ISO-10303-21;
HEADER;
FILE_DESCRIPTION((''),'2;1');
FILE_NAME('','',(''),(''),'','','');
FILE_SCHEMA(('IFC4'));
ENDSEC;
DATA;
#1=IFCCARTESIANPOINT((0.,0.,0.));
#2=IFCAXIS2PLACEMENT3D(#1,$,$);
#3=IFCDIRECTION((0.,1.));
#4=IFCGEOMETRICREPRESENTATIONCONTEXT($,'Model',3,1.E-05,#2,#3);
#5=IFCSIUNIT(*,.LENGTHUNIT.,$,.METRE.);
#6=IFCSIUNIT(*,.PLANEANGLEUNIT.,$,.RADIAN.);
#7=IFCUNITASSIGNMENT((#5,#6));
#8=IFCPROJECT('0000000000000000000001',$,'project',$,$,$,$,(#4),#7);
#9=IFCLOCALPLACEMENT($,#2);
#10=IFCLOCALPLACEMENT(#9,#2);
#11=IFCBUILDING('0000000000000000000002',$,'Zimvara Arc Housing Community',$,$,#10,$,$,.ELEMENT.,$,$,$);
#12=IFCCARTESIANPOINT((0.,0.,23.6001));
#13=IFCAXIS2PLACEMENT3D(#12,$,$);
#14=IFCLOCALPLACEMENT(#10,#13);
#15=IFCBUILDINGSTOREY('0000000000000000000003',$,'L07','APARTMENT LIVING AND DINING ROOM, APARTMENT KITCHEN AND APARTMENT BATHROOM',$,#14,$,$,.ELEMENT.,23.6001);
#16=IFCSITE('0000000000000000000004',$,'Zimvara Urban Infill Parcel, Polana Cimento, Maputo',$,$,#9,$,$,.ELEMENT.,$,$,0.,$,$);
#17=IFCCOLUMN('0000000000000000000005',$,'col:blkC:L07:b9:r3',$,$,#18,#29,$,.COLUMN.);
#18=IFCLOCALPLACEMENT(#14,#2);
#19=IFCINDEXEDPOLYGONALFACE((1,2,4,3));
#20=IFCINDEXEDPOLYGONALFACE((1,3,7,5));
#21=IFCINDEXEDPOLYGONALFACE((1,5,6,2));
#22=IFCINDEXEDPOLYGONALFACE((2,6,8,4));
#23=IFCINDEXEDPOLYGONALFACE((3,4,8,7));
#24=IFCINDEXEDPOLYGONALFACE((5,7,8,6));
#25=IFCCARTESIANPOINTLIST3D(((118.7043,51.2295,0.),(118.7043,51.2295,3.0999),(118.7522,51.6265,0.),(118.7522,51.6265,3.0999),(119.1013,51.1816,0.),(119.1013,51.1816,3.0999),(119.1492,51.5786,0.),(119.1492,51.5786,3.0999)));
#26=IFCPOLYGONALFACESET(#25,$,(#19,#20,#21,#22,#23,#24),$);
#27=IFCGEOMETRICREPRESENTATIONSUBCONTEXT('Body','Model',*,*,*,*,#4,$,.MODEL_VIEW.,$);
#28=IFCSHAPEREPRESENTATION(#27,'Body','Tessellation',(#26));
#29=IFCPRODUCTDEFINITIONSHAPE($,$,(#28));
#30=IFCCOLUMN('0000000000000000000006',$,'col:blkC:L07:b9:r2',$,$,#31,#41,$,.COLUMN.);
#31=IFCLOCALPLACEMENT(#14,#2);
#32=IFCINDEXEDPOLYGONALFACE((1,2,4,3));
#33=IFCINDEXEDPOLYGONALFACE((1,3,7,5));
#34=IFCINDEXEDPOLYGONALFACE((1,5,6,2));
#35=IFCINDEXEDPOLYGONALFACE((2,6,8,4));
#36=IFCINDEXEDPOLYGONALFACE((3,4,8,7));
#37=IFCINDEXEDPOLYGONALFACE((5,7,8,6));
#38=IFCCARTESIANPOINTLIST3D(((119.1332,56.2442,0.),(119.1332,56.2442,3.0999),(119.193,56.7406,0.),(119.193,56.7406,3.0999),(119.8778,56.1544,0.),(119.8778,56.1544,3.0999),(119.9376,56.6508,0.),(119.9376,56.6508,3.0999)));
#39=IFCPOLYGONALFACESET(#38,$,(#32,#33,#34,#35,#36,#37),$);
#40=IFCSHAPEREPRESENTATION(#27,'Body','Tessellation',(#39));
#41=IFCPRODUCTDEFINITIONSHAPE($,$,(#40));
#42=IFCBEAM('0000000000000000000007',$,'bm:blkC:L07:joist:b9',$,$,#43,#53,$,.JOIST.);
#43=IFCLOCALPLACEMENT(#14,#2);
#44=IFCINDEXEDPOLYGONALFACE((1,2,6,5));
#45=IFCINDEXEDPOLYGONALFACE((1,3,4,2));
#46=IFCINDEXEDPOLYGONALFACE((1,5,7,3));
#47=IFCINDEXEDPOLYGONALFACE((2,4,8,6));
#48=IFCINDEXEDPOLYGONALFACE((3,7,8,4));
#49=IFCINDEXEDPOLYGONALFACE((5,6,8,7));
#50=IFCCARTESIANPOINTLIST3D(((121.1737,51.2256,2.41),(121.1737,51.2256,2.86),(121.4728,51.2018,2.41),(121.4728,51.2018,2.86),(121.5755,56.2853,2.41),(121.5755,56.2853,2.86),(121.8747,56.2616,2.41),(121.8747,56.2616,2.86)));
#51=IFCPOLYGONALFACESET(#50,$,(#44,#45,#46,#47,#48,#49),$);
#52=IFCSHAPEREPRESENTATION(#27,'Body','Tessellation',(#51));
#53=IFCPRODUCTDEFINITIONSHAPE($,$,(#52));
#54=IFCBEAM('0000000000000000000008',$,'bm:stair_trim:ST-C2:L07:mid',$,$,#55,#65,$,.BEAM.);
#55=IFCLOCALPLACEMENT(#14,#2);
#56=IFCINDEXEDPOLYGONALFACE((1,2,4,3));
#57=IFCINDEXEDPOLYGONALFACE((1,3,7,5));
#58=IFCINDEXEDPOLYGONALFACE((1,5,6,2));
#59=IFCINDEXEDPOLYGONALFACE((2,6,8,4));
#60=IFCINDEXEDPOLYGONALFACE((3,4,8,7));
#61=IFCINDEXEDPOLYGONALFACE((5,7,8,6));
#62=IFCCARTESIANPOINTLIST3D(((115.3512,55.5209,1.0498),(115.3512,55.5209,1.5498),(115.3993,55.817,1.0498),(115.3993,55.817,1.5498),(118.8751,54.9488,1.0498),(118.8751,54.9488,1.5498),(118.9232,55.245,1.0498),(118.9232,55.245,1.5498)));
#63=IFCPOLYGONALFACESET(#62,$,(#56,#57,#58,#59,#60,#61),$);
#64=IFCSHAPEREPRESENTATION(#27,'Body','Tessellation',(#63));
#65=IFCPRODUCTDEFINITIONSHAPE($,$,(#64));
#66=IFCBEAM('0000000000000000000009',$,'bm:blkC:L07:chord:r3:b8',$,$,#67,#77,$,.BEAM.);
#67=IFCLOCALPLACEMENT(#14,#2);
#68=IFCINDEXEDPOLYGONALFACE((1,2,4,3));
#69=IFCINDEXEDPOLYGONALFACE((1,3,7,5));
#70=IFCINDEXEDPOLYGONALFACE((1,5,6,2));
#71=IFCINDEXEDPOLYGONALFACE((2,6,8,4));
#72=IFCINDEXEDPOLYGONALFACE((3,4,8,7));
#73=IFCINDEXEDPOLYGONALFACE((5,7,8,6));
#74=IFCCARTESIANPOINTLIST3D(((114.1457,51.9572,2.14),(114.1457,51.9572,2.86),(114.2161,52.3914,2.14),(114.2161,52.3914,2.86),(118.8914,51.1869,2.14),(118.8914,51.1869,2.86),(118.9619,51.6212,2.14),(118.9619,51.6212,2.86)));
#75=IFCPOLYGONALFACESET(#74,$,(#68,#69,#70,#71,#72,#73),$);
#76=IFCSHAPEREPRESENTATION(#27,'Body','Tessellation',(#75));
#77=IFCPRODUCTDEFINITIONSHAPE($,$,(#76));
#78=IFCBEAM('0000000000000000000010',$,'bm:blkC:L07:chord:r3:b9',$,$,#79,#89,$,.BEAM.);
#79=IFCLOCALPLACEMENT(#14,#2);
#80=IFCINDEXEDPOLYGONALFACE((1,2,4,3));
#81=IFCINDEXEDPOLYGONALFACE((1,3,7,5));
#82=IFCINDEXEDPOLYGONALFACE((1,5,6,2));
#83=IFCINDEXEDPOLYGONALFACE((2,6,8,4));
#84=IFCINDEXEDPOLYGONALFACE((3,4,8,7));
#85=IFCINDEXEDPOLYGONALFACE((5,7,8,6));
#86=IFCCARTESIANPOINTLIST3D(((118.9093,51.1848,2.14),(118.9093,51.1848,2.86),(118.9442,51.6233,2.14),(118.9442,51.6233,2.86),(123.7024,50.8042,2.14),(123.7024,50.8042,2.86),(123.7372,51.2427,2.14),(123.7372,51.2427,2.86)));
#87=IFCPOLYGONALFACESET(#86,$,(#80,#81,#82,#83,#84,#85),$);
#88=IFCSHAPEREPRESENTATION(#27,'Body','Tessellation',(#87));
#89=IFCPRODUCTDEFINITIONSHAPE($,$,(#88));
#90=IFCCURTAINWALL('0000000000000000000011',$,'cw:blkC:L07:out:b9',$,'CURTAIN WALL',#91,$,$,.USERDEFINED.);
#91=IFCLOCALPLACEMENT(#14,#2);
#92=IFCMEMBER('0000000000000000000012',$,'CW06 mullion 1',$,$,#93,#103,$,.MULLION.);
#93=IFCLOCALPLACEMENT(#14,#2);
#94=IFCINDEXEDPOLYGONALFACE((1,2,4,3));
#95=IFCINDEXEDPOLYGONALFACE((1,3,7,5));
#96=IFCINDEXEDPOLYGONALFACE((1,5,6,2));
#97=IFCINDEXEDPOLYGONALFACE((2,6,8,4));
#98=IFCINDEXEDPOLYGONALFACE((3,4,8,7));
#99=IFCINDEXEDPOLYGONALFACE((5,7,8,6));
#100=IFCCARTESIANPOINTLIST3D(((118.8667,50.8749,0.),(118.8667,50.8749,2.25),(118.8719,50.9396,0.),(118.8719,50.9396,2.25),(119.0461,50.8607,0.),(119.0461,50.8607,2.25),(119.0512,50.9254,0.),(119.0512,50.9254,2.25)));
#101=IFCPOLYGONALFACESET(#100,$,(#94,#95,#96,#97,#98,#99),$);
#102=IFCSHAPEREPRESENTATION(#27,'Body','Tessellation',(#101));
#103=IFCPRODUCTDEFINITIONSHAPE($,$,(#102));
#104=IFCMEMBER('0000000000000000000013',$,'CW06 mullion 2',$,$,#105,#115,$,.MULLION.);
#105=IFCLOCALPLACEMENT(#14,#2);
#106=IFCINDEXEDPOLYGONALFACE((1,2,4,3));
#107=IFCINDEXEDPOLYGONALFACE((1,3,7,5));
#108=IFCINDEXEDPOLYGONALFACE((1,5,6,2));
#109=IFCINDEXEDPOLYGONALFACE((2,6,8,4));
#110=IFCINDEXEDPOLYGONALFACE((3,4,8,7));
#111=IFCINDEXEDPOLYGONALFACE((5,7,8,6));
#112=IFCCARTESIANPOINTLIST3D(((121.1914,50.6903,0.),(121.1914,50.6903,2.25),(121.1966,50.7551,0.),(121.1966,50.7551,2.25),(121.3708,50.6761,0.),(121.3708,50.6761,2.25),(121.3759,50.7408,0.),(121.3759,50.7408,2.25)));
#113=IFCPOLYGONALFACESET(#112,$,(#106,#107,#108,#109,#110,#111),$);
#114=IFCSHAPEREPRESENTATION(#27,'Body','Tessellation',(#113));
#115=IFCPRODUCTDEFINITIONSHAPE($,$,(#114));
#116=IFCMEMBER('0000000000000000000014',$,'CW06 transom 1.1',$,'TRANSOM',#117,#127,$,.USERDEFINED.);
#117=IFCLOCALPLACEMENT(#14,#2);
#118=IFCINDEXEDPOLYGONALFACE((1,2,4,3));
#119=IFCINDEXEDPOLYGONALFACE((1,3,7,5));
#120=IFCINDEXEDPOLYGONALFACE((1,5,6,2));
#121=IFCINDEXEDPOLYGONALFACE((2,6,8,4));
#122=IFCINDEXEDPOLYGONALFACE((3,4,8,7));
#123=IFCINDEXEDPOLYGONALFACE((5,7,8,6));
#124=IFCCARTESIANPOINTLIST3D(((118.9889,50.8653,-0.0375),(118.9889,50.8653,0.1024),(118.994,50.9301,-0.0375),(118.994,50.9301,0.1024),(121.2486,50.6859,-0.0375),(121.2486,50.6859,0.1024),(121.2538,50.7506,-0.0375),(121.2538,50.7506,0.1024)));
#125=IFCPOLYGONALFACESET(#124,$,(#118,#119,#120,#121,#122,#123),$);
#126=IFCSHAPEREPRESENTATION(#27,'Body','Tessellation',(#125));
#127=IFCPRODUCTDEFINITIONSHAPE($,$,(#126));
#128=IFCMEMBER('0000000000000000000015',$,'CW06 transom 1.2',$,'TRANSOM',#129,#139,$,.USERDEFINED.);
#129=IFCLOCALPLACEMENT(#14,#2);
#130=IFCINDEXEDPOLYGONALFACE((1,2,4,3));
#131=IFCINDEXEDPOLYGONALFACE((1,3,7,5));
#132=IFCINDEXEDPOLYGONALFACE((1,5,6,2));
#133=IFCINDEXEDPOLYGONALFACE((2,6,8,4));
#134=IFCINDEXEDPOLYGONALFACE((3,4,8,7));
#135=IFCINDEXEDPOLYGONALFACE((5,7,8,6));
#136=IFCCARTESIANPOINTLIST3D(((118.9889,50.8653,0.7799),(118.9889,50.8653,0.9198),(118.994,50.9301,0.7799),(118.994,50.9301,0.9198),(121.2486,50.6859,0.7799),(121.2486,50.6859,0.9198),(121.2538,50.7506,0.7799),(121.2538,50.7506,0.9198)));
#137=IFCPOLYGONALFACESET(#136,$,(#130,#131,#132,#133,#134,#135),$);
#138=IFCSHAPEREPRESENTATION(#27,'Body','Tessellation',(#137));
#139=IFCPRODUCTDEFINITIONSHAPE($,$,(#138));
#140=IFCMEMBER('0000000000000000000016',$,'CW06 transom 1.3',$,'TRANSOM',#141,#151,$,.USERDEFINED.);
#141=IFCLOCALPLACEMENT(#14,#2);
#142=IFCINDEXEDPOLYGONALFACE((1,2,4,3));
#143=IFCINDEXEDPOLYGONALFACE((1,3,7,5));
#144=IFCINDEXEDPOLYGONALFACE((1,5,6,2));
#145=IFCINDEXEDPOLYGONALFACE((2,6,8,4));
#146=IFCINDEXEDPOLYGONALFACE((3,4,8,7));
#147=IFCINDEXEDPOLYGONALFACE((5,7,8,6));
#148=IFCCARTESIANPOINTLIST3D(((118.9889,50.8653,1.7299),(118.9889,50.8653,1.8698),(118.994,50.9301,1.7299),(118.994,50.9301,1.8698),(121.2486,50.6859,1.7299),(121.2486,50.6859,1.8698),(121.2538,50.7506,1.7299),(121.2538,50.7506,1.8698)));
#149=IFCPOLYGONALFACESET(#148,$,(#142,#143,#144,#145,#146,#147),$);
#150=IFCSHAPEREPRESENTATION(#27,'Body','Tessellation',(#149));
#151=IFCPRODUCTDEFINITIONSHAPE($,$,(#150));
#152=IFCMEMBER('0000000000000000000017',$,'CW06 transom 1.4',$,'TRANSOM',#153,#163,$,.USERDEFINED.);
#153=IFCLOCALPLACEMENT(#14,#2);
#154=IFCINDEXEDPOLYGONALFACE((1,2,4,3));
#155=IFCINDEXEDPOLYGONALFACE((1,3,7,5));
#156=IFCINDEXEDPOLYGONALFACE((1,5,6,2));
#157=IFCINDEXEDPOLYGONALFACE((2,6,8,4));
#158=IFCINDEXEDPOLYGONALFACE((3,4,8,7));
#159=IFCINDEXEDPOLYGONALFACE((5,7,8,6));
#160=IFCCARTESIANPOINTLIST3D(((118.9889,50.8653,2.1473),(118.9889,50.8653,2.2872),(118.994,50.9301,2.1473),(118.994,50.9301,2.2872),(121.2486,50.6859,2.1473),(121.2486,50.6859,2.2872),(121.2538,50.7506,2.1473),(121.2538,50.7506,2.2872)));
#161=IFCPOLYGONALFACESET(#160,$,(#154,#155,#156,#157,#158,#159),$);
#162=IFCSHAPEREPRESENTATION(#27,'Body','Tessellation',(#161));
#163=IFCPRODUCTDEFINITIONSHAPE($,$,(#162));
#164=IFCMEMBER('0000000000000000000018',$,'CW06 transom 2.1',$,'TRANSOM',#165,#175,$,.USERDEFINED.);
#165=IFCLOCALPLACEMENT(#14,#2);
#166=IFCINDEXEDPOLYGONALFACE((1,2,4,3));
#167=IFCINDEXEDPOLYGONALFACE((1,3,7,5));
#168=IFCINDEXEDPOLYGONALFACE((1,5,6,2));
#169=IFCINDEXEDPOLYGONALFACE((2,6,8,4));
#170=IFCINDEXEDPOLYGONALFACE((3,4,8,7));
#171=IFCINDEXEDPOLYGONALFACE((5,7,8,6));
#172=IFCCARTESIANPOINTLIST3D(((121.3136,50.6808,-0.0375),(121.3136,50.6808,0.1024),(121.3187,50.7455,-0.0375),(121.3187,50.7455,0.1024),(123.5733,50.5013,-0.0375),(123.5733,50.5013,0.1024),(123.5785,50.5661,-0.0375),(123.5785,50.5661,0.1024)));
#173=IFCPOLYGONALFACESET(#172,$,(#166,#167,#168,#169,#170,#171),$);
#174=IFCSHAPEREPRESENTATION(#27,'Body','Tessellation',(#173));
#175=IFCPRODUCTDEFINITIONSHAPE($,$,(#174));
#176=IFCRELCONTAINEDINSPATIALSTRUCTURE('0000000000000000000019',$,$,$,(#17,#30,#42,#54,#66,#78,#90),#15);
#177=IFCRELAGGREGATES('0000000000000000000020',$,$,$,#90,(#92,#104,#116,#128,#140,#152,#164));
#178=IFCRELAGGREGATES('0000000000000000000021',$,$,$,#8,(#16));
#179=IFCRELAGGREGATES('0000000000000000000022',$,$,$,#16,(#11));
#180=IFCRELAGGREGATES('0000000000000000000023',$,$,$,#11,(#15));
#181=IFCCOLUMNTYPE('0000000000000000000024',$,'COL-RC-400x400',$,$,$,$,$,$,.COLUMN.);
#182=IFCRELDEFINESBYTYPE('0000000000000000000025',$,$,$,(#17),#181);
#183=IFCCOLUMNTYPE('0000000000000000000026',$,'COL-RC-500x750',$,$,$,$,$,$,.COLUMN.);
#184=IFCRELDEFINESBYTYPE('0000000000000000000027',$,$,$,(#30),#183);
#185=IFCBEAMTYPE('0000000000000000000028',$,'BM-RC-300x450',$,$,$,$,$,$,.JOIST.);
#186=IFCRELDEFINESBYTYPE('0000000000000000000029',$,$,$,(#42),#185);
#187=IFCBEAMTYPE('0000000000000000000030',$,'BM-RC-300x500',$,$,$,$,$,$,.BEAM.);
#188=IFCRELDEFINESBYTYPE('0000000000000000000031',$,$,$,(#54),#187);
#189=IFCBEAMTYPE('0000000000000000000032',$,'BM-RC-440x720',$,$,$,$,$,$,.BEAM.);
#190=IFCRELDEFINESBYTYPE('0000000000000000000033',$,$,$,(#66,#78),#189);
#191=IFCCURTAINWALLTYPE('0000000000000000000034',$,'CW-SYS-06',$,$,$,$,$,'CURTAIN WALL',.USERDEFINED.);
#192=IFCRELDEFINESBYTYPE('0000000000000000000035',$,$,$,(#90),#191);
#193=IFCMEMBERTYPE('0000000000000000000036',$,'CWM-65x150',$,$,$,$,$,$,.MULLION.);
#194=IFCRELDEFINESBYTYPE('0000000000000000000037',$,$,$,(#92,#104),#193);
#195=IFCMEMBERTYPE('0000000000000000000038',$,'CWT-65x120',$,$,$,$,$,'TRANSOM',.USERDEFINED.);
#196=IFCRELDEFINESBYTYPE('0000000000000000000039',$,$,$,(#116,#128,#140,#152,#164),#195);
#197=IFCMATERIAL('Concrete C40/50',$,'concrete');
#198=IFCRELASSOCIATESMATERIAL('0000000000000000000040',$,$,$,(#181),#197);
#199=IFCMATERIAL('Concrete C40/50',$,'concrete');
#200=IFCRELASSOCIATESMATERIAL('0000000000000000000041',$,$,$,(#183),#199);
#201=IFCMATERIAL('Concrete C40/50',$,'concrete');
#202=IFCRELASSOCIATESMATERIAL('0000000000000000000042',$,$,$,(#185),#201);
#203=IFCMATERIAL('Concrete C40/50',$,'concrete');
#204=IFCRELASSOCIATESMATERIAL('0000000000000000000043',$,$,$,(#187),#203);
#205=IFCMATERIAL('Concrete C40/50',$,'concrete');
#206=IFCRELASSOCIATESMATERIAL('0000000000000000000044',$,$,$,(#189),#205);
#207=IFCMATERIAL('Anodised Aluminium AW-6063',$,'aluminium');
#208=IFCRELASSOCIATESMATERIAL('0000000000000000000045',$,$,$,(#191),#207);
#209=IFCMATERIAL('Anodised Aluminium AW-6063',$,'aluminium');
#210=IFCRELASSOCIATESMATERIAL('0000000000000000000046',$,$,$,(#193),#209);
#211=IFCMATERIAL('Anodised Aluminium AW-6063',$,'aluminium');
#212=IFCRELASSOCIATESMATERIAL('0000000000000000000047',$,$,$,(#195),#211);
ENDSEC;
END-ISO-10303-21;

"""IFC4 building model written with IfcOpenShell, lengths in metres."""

from ifc_helpers import new_model, si_unit, direction, frame, origin, origin_2d, place, context, subcontext, project, spatial, rectangle, extrude, material, material_profile, profile_set, type_object, element, aggregate, save


model = new_model("IFC4")

# Units and contexts
model_context = context("Model", 3, precision=1e-05, world=origin(), true_north=direction((0.0, 1.0)))
body_context = subcontext(model_context, "Body", "Model", "MODEL_VIEW")
ifc_project = project(units=[si_unit("LENGTHUNIT", "METRE"), si_unit("PLANEANGLEUNIT", "RADIAN")], contexts=[model_context])

# Site, building, storey
site_placement = place(None, origin())
site = spatial("IfcSite", under=ifc_project, at=site_placement, Name="Zimvara Urban Infill Parcel, Polana Cimento, Maputo", CompositionType="ELEMENT", RefElevation=0.0)
building_placement = place(site_placement, origin())
building = spatial("IfcBuilding", under=site, at=building_placement, Name="Zimvara Arc Housing Community", CompositionType="ELEMENT")
storey_placement = place(building_placement, frame((0.0, 0.0, 23.6001)))
storey = spatial("IfcBuildingStorey", under=building, at=storey_placement, Name="L07", Description="APARTMENT LIVING AND DINING ROOM, APARTMENT KITCHEN AND APARTMENT BATHROOM", CompositionType="ELEMENT", Elevation=23.6001)

# Columns
ifc_material_1 = material(Name="Concrete C40/50", Category="concrete")
ifc_material_profile_1 = material_profile(ifc_material_1, rectangle(XDim=0.3999, YDim=0.3999, at=origin_2d()), Name="RC 400x400")
ifc_profile_set_1 = profile_set([ifc_material_profile_1], Name="Concrete C40/50")
column_type_1 = type_object("IfcColumnType", Name="COL-RC-400x400", PredefinedType="COLUMN", material=ifc_profile_set_1)
column_1_placement = place(storey_placement, frame((118.9268, 51.4041, 0.0), z_axis=(0.0, 0.0, 1.0), x_axis=(-0.11979, -0.992799, 0.0)))
element("IfcColumn", 1, at=column_1_placement, inside=storey, type_object=column_type_1, Name="col:blkC:L07:b9:r3", PredefinedType="COLUMN", context=body_context, shape_type="SweptSolid", body=[
    extrude(rectangle(XDim=0.3999, YDim=0.3999, at=origin_2d()), origin(), (0.0, 0.0, 1.0), 3.0999),
])
ifc_material_2 = material(Name="Concrete C40/50", Category="concrete")
ifc_material_profile_2 = material_profile(ifc_material_2, rectangle(XDim=0.5, YDim=0.75, at=origin_2d()), Name="RC 500x750")
ifc_profile_set_2 = profile_set([ifc_material_profile_2], Name="Concrete C40/50")
column_type_2 = type_object("IfcColumnType", Name="COL-RC-500x750", PredefinedType="COLUMN", material=ifc_profile_set_2)
column_2_placement = place(storey_placement, frame((119.5354, 56.4475, 0.0), z_axis=(0.0, 0.0, 1.0), x_axis=(-0.11979, -0.992799, 0.0)))
element("IfcColumn", 2, at=column_2_placement, inside=storey, type_object=column_type_2, Name="col:blkC:L07:b9:r2", PredefinedType="COLUMN", context=body_context, shape_type="SweptSolid", body=[
    extrude(rectangle(XDim=0.5, YDim=0.75, at=origin_2d()), origin(), (0.0, 0.0, 1.0), 3.0999),
])

# Beams
ifc_material_3 = material(Name="Concrete C40/50", Category="concrete")
ifc_material_profile_3 = material_profile(ifc_material_3, rectangle(XDim=0.3, YDim=0.45, at=origin_2d()), Name="RC 300x450")
ifc_profile_set_3 = profile_set([ifc_material_profile_3], Name="Concrete C40/50")
beam_type_1 = type_object("IfcBeamType", Name="BM-RC-300x450", PredefinedType="JOIST", material=ifc_profile_set_3)
beam_1_placement = place(storey_placement, frame((121.7251, 56.2734, 2.635), z_axis=(-0.079172, -0.996861, 0.0), x_axis=(0.996861, -0.079172, 0.0)))
element("IfcBeam", 3, at=beam_1_placement, inside=storey, type_object=beam_type_1, Name="bm:blkC:L07:joist:b9", PredefinedType="JOIST", context=body_context, shape_type="SweptSolid", body=[
    extrude(rectangle(XDim=0.3, YDim=0.45, at=origin_2d()), origin(), (0.0, 0.0, 1.0), 5.0757),
])
ifc_material_4 = material(Name="Concrete C40/50", Category="concrete")
ifc_material_profile_4 = material_profile(ifc_material_4, rectangle(XDim=0.3, YDim=0.5, at=origin_2d()), Name="RC 300x500")
ifc_profile_set_4 = profile_set([ifc_material_profile_4], Name="Concrete C40/50")
beam_type_2 = type_object("IfcBeamType", Name="BM-RC-300x500", PredefinedType="BEAM", material=ifc_profile_set_4)
beam_2_placement = place(storey_placement, frame((115.3752, 55.6689, 1.2998), z_axis=(0.98708, -0.160228, 0.0), x_axis=(0.160228, 0.98708, 0.0)))
element("IfcBeam", 4, at=beam_2_placement, inside=storey, type_object=beam_type_2, Name="bm:stair_trim:ST-C2:L07:mid", PredefinedType="BEAM", context=body_context, shape_type="SweptSolid", body=[
    extrude(rectangle(XDim=0.3, YDim=0.5, at=origin_2d()), origin(), (0.0, 0.0, 1.0), 3.5701),
])
ifc_material_5 = material(Name="Concrete C40/50", Category="concrete")
ifc_material_profile_5 = material_profile(ifc_material_5, rectangle(XDim=0.4399, YDim=0.72, at=origin_2d()), Name="RC 440x720")
ifc_profile_set_5 = profile_set([ifc_material_profile_5], Name="Concrete C40/50")
beam_type_3 = type_object("IfcBeamType", Name="BM-RC-440x720", PredefinedType="BEAM", material=ifc_profile_set_5)
beam_3_placement = place(storey_placement, frame((114.1809, 52.1743, 2.5), z_axis=(0.987084, -0.160206, 0.0), x_axis=(0.160206, 0.987084, 0.0)))
element("IfcBeam", 5, at=beam_3_placement, inside=storey, type_object=beam_type_3, Name="bm:blkC:L07:chord:r3:b8", PredefinedType="BEAM", context=body_context, shape_type="SweptSolid", body=[
    extrude(rectangle(XDim=0.4399, YDim=0.72, at=origin_2d()), origin(), (0.0, 0.0, 1.0), 4.8079),
])
beam_4_placement = place(storey_placement, frame((118.9268, 51.4041, 2.5), z_axis=(0.996862, -0.079162, 0.0), x_axis=(0.079162, 0.996862, 0.0)))
element("IfcBeam", 6, at=beam_4_placement, inside=storey, type_object=beam_type_3, Name="bm:blkC:L07:chord:r3:b9", PredefinedType="BEAM", context=body_context, shape_type="SweptSolid", body=[
    extrude(rectangle(XDim=0.4399, YDim=0.72, at=origin_2d()), origin(), (0.0, 0.0, 1.0), 4.8081),
])

# Curtain wall, members
ifc_material_6 = material(Name="Anodised Aluminium AW-6063", Category="aluminium")
curtain_wall_type = type_object("IfcCurtainWallType", Name="CW-SYS-06", ElementType="CURTAIN WALL", PredefinedType="USERDEFINED", material=ifc_material_6)
curtain_wall_placement = place(storey_placement, origin())
curtain_wall = element("IfcCurtainWall", 7, at=curtain_wall_placement, inside=storey, type_object=curtain_wall_type, Name="cw:blkC:L07:out:b9", ObjectType="CURTAIN WALL", PredefinedType="USERDEFINED")
ifc_material_7 = material(Name="Anodised Aluminium AW-6063", Category="aluminium")
ifc_material_profile_6 = material_profile(ifc_material_7, rectangle(XDim=0.0649, YDim=0.1799, at=origin_2d()), Name="ALU 65x180")
ifc_profile_set_6 = profile_set([ifc_material_profile_6], Name="Anodised Aluminium AW-6063")
member_type_1 = type_object("IfcMemberType", Name="CWM-65x150", PredefinedType="MULLION", material=ifc_profile_set_6)
member_1_placement = place(storey_placement, frame((118.959, 50.9001, 0.0), z_axis=(0.0, 0.0, 1.0), x_axis=(0.079154, 0.996862, 0.0)))
member_1 = element("IfcMember", 8, at=member_1_placement, type_object=member_type_1, Name="CW06 mullion 1", PredefinedType="MULLION", context=body_context, shape_type="SweptSolid", body=[
    extrude(rectangle(XDim=0.0649, YDim=0.1799, at=origin_2d()), origin(), (0.0, 0.0, 1.0), 2.25),
])
member_2_placement = place(storey_placement, frame((121.2837, 50.7156, 0.0), z_axis=(0.0, 0.0, 1.0), x_axis=(0.079154, 0.996862, 0.0)))
member_2 = element("IfcMember", 9, at=member_2_placement, type_object=member_type_1, Name="CW06 mullion 2", PredefinedType="MULLION", context=body_context, shape_type="SweptSolid", body=[
    extrude(rectangle(XDim=0.0649, YDim=0.1799, at=origin_2d()), origin(), (0.0, 0.0, 1.0), 2.25),
])
ifc_material_8 = material(Name="Anodised Aluminium AW-6063", Category="aluminium")
ifc_material_profile_7 = material_profile(ifc_material_8, rectangle(XDim=0.0649, YDim=0.1399, at=origin_2d()), Name="ALU 65x140")
ifc_profile_set_7 = profile_set([ifc_material_profile_7], Name="Anodised Aluminium AW-6063")
member_type_2 = type_object("IfcMemberType", Name="CWT-65x120", ElementType="TRANSOM", PredefinedType="USERDEFINED", material=ifc_profile_set_7)
member_3_placement = place(storey_placement, frame((118.9915, 50.8977, 0.0325), z_axis=(0.996862, -0.079159, 0.0), x_axis=(0.079159, 0.996862, 0.0)))
member_3 = element("IfcMember", 10, at=member_3_placement, type_object=member_type_2, Name="CW06 transom 1.1", ObjectType="TRANSOM", PredefinedType="USERDEFINED", context=body_context, shape_type="SweptSolid", body=[
    extrude(rectangle(XDim=0.0649, YDim=0.1399, at=origin_2d()), origin(), (0.0, 0.0, 1.0), 2.2668),
])
member_4_placement = place(storey_placement, frame((118.9915, 50.8977, 0.8499), z_axis=(0.996862, -0.079159, 0.0), x_axis=(0.079159, 0.996862, 0.0)))
member_4 = element("IfcMember", 11, at=member_4_placement, type_object=member_type_2, Name="CW06 transom 1.2", ObjectType="TRANSOM", PredefinedType="USERDEFINED", context=body_context, shape_type="SweptSolid", body=[
    extrude(rectangle(XDim=0.0649, YDim=0.1399, at=origin_2d()), origin(), (0.0, 0.0, 1.0), 2.2668),
])
member_5_placement = place(storey_placement, frame((118.9915, 50.8977, 1.7998), z_axis=(0.996862, -0.079159, 0.0), x_axis=(0.079159, 0.996862, 0.0)))
member_5 = element("IfcMember", 12, at=member_5_placement, type_object=member_type_2, Name="CW06 transom 1.3", ObjectType="TRANSOM", PredefinedType="USERDEFINED", context=body_context, shape_type="SweptSolid", body=[
    extrude(rectangle(XDim=0.0649, YDim=0.1399, at=origin_2d()), origin(), (0.0, 0.0, 1.0), 2.2668),
])
member_6_placement = place(storey_placement, frame((118.9915, 50.8977, 2.2173), z_axis=(0.996862, -0.079159, 0.0), x_axis=(0.079159, 0.996862, 0.0)))
member_6 = element("IfcMember", 13, at=member_6_placement, type_object=member_type_2, Name="CW06 transom 1.4", ObjectType="TRANSOM", PredefinedType="USERDEFINED", context=body_context, shape_type="SweptSolid", body=[
    extrude(rectangle(XDim=0.0649, YDim=0.1399, at=origin_2d()), origin(), (0.0, 0.0, 1.0), 2.2668),
])
member_7_placement = place(storey_placement, frame((121.3162, 50.7131, 0.0325), z_axis=(0.996862, -0.079159, 0.0), x_axis=(0.079159, 0.996862, 0.0)))
member_7 = element("IfcMember", 14, at=member_7_placement, type_object=member_type_2, Name="CW06 transom 2.1", ObjectType="TRANSOM", PredefinedType="USERDEFINED", context=body_context, shape_type="SweptSolid", body=[
    extrude(rectangle(XDim=0.0649, YDim=0.1399, at=origin_2d()), origin(), (0.0, 0.0, 1.0), 2.2668),
])
aggregate(curtain_wall, [member_1, member_2, member_3, member_4, member_5, member_6, member_7])

save(model, "model.ifc")
